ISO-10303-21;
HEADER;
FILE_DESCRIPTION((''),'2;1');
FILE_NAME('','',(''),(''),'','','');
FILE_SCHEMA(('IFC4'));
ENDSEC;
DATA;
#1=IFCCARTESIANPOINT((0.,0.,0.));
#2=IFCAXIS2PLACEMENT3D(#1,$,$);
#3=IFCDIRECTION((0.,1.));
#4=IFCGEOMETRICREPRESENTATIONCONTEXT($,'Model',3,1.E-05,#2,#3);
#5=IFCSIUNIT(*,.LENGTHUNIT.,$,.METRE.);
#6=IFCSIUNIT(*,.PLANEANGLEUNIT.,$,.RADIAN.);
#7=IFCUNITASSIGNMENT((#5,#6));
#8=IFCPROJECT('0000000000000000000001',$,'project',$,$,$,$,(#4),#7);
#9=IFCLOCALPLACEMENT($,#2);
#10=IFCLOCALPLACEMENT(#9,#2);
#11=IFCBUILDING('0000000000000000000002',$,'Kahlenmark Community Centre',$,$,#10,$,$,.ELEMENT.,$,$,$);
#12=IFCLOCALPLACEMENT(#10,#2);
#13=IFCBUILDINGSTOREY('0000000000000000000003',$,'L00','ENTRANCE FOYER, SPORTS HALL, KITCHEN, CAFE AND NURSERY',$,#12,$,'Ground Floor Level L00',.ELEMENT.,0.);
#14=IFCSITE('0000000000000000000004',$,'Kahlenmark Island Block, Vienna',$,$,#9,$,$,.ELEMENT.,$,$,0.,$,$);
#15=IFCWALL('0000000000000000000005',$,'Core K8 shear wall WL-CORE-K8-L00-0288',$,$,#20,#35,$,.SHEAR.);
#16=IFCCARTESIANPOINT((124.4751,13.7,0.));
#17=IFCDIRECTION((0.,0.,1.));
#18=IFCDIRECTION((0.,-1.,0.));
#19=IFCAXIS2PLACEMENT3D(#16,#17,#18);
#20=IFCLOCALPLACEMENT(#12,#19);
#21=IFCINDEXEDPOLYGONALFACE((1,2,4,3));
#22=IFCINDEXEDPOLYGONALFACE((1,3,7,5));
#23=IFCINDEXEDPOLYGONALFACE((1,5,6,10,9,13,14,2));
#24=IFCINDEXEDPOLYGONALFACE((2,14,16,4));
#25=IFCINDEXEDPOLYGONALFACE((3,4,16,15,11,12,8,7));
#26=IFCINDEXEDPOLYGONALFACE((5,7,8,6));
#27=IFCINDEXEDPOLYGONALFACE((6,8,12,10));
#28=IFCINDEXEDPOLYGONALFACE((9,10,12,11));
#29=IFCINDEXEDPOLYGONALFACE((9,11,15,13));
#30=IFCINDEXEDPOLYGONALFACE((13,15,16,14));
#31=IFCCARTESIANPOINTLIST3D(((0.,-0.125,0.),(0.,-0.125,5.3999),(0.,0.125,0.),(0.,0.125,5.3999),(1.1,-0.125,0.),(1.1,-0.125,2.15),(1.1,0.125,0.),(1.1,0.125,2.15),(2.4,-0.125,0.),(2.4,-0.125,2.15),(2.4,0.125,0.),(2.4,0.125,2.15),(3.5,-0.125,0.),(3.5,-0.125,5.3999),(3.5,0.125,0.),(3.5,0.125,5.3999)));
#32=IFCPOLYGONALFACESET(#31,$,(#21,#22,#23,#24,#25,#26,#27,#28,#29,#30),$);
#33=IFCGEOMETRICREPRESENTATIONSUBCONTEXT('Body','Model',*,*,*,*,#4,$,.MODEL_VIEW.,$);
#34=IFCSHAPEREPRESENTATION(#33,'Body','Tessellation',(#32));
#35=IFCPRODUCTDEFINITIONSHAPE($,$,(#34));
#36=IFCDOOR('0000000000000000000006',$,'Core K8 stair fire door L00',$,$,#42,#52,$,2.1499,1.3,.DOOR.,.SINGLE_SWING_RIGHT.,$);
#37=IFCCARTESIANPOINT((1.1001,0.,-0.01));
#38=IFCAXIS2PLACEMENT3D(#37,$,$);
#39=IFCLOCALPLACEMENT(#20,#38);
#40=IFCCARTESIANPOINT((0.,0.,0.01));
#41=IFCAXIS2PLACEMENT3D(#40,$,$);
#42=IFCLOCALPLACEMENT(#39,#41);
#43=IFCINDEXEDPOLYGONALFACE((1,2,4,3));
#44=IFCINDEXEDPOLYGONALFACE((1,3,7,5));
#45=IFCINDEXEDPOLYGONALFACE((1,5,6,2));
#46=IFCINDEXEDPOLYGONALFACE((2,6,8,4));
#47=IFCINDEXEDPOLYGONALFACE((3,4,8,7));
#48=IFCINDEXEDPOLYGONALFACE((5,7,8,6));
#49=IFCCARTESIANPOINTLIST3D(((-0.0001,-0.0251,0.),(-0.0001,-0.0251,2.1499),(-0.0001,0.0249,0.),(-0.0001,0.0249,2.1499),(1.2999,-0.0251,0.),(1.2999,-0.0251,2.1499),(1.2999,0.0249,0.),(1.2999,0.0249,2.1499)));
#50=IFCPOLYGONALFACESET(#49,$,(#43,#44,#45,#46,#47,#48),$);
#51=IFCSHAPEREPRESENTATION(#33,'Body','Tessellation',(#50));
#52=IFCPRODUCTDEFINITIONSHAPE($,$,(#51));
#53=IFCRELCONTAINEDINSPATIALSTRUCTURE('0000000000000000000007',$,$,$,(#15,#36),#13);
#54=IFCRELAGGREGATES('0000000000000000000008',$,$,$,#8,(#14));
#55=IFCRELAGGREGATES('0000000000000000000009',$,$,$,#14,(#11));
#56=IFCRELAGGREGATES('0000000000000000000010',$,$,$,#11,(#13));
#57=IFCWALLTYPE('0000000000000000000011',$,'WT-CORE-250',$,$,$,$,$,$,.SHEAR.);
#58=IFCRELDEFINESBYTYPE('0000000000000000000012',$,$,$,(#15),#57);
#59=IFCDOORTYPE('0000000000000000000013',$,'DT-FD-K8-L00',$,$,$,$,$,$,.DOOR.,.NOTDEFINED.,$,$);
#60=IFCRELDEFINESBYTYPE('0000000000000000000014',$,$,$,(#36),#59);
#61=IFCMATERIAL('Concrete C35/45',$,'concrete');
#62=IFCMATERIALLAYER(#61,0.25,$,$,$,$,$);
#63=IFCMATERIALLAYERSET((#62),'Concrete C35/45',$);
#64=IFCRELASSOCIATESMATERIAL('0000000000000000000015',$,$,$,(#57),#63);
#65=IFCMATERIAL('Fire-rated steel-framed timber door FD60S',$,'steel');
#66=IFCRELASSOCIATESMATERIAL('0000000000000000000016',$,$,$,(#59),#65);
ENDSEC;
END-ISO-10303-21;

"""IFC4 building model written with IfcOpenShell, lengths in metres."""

from ifc_helpers import new_model, si_unit, direction, frame, frame_2d, origin, place, context, subcontext, project, spatial, rectangle, extrude, material, layer, layer_set, type_object, element, fill, save


model = new_model("IFC4")

# Units and contexts
model_context = context("Model", 3, precision=1e-05, world=origin(), true_north=direction((0.0, 1.0)))
body_context = subcontext(model_context, "Body", "Model", "MODEL_VIEW")
ifc_project = project(units=[si_unit("LENGTHUNIT", "METRE"), si_unit("PLANEANGLEUNIT", "RADIAN")], contexts=[model_context])

# Site, building, storey
site_placement = place(None, origin())
site = spatial("IfcSite", under=ifc_project, at=site_placement, Name="Kahlenmark Island Block, Vienna", CompositionType="ELEMENT", RefElevation=0.0)
building_placement = place(site_placement, origin())
building = spatial("IfcBuilding", under=site, at=building_placement, Name="Kahlenmark Community Centre", CompositionType="ELEMENT")
storey_placement = place(building_placement, origin())
storey = spatial("IfcBuildingStorey", under=building, at=storey_placement, Name="L00", Description="ENTRANCE FOYER, SPORTS HALL, KITCHEN, CAFE AND NURSERY", LongName="Ground Floor Level L00", CompositionType="ELEMENT", Elevation=0.0)

# Shared definitions
ifc_material_1 = material(Name="Concrete C35/45", Category="concrete")

# Wall, opening, door
ifc_layer_1 = layer(ifc_material_1, 0.25)
ifc_layer_set_1 = layer_set([ifc_layer_1], Name="Concrete C35/45")
wall_type_1 = type_object("IfcWallType", Name="WT-CORE-250", PredefinedType="SHEAR", material=ifc_layer_set_1)
wall_1_placement = place(storey_placement, frame((124.4751, 13.7, 0.0), z_axis=(0.0, 0.0, 1.0), x_axis=(0.0, -1.0, 0.0)))
wall_1 = element("IfcWall", 1, at=wall_1_placement, inside=storey, type_object=wall_type_1, Name="Core K8 shear wall WL-CORE-K8-L00-0288", PredefinedType="SHEAR", context=body_context, shape_type="SweptSolid", body=[
    extrude(rectangle(XDim=3.5, YDim=0.25, at=frame_2d((1.75, 0.0))), origin(), (0.0, 0.0, 1.0), 5.3999),
])
opening_1_placement = place(wall_1_placement, frame((1.1001, 0.0, -0.01)))
opening_1 = element("IfcOpeningElement", 2, at=opening_1_placement, cuts=wall_1, PredefinedType="OPENING", context=body_context, shape_type="SweptSolid", body=[
    extrude(rectangle(XDim=1.3, YDim=2.1599, at=frame_2d((0.6499, 1.0801))), frame((0.0, 0.135, 0.0), z_axis=(0.0, -1.0, 0.0), x_axis=(1.0, 0.0, 0.0)), (0.0, 0.0, 1.0), 0.27),
])
ifc_material_2 = material(Name="Fire-rated steel-framed timber door FD60S", Category="steel")
door_type_1 = type_object("IfcDoorType", Name="DT-FD-K8-L00", OperationType="NOTDEFINED", PredefinedType="DOOR", material=ifc_material_2)
door_1_placement = place(opening_1_placement, frame((0.0, 0.0, 0.01)))
door_1 = element("IfcDoor", 3, at=door_1_placement, inside=storey, type_object=door_type_1, Name="Core K8 stair fire door L00", OperationType="SINGLE_SWING_RIGHT", OverallHeight=2.1499, OverallWidth=1.3, PredefinedType="DOOR", context=body_context, shape_type="SweptSolid", body=[
    extrude(rectangle(XDim=1.3, YDim=2.1499, at=frame_2d((0.6499, 1.075))), frame((0.0, 0.0249, 0.0), z_axis=(0.0, -1.0, 0.0), x_axis=(1.0, 0.0, 0.0)), (0.0, 0.0, 1.0), 0.05),
])
fill(opening_1, door_1)

save(model, "model.ifc")
